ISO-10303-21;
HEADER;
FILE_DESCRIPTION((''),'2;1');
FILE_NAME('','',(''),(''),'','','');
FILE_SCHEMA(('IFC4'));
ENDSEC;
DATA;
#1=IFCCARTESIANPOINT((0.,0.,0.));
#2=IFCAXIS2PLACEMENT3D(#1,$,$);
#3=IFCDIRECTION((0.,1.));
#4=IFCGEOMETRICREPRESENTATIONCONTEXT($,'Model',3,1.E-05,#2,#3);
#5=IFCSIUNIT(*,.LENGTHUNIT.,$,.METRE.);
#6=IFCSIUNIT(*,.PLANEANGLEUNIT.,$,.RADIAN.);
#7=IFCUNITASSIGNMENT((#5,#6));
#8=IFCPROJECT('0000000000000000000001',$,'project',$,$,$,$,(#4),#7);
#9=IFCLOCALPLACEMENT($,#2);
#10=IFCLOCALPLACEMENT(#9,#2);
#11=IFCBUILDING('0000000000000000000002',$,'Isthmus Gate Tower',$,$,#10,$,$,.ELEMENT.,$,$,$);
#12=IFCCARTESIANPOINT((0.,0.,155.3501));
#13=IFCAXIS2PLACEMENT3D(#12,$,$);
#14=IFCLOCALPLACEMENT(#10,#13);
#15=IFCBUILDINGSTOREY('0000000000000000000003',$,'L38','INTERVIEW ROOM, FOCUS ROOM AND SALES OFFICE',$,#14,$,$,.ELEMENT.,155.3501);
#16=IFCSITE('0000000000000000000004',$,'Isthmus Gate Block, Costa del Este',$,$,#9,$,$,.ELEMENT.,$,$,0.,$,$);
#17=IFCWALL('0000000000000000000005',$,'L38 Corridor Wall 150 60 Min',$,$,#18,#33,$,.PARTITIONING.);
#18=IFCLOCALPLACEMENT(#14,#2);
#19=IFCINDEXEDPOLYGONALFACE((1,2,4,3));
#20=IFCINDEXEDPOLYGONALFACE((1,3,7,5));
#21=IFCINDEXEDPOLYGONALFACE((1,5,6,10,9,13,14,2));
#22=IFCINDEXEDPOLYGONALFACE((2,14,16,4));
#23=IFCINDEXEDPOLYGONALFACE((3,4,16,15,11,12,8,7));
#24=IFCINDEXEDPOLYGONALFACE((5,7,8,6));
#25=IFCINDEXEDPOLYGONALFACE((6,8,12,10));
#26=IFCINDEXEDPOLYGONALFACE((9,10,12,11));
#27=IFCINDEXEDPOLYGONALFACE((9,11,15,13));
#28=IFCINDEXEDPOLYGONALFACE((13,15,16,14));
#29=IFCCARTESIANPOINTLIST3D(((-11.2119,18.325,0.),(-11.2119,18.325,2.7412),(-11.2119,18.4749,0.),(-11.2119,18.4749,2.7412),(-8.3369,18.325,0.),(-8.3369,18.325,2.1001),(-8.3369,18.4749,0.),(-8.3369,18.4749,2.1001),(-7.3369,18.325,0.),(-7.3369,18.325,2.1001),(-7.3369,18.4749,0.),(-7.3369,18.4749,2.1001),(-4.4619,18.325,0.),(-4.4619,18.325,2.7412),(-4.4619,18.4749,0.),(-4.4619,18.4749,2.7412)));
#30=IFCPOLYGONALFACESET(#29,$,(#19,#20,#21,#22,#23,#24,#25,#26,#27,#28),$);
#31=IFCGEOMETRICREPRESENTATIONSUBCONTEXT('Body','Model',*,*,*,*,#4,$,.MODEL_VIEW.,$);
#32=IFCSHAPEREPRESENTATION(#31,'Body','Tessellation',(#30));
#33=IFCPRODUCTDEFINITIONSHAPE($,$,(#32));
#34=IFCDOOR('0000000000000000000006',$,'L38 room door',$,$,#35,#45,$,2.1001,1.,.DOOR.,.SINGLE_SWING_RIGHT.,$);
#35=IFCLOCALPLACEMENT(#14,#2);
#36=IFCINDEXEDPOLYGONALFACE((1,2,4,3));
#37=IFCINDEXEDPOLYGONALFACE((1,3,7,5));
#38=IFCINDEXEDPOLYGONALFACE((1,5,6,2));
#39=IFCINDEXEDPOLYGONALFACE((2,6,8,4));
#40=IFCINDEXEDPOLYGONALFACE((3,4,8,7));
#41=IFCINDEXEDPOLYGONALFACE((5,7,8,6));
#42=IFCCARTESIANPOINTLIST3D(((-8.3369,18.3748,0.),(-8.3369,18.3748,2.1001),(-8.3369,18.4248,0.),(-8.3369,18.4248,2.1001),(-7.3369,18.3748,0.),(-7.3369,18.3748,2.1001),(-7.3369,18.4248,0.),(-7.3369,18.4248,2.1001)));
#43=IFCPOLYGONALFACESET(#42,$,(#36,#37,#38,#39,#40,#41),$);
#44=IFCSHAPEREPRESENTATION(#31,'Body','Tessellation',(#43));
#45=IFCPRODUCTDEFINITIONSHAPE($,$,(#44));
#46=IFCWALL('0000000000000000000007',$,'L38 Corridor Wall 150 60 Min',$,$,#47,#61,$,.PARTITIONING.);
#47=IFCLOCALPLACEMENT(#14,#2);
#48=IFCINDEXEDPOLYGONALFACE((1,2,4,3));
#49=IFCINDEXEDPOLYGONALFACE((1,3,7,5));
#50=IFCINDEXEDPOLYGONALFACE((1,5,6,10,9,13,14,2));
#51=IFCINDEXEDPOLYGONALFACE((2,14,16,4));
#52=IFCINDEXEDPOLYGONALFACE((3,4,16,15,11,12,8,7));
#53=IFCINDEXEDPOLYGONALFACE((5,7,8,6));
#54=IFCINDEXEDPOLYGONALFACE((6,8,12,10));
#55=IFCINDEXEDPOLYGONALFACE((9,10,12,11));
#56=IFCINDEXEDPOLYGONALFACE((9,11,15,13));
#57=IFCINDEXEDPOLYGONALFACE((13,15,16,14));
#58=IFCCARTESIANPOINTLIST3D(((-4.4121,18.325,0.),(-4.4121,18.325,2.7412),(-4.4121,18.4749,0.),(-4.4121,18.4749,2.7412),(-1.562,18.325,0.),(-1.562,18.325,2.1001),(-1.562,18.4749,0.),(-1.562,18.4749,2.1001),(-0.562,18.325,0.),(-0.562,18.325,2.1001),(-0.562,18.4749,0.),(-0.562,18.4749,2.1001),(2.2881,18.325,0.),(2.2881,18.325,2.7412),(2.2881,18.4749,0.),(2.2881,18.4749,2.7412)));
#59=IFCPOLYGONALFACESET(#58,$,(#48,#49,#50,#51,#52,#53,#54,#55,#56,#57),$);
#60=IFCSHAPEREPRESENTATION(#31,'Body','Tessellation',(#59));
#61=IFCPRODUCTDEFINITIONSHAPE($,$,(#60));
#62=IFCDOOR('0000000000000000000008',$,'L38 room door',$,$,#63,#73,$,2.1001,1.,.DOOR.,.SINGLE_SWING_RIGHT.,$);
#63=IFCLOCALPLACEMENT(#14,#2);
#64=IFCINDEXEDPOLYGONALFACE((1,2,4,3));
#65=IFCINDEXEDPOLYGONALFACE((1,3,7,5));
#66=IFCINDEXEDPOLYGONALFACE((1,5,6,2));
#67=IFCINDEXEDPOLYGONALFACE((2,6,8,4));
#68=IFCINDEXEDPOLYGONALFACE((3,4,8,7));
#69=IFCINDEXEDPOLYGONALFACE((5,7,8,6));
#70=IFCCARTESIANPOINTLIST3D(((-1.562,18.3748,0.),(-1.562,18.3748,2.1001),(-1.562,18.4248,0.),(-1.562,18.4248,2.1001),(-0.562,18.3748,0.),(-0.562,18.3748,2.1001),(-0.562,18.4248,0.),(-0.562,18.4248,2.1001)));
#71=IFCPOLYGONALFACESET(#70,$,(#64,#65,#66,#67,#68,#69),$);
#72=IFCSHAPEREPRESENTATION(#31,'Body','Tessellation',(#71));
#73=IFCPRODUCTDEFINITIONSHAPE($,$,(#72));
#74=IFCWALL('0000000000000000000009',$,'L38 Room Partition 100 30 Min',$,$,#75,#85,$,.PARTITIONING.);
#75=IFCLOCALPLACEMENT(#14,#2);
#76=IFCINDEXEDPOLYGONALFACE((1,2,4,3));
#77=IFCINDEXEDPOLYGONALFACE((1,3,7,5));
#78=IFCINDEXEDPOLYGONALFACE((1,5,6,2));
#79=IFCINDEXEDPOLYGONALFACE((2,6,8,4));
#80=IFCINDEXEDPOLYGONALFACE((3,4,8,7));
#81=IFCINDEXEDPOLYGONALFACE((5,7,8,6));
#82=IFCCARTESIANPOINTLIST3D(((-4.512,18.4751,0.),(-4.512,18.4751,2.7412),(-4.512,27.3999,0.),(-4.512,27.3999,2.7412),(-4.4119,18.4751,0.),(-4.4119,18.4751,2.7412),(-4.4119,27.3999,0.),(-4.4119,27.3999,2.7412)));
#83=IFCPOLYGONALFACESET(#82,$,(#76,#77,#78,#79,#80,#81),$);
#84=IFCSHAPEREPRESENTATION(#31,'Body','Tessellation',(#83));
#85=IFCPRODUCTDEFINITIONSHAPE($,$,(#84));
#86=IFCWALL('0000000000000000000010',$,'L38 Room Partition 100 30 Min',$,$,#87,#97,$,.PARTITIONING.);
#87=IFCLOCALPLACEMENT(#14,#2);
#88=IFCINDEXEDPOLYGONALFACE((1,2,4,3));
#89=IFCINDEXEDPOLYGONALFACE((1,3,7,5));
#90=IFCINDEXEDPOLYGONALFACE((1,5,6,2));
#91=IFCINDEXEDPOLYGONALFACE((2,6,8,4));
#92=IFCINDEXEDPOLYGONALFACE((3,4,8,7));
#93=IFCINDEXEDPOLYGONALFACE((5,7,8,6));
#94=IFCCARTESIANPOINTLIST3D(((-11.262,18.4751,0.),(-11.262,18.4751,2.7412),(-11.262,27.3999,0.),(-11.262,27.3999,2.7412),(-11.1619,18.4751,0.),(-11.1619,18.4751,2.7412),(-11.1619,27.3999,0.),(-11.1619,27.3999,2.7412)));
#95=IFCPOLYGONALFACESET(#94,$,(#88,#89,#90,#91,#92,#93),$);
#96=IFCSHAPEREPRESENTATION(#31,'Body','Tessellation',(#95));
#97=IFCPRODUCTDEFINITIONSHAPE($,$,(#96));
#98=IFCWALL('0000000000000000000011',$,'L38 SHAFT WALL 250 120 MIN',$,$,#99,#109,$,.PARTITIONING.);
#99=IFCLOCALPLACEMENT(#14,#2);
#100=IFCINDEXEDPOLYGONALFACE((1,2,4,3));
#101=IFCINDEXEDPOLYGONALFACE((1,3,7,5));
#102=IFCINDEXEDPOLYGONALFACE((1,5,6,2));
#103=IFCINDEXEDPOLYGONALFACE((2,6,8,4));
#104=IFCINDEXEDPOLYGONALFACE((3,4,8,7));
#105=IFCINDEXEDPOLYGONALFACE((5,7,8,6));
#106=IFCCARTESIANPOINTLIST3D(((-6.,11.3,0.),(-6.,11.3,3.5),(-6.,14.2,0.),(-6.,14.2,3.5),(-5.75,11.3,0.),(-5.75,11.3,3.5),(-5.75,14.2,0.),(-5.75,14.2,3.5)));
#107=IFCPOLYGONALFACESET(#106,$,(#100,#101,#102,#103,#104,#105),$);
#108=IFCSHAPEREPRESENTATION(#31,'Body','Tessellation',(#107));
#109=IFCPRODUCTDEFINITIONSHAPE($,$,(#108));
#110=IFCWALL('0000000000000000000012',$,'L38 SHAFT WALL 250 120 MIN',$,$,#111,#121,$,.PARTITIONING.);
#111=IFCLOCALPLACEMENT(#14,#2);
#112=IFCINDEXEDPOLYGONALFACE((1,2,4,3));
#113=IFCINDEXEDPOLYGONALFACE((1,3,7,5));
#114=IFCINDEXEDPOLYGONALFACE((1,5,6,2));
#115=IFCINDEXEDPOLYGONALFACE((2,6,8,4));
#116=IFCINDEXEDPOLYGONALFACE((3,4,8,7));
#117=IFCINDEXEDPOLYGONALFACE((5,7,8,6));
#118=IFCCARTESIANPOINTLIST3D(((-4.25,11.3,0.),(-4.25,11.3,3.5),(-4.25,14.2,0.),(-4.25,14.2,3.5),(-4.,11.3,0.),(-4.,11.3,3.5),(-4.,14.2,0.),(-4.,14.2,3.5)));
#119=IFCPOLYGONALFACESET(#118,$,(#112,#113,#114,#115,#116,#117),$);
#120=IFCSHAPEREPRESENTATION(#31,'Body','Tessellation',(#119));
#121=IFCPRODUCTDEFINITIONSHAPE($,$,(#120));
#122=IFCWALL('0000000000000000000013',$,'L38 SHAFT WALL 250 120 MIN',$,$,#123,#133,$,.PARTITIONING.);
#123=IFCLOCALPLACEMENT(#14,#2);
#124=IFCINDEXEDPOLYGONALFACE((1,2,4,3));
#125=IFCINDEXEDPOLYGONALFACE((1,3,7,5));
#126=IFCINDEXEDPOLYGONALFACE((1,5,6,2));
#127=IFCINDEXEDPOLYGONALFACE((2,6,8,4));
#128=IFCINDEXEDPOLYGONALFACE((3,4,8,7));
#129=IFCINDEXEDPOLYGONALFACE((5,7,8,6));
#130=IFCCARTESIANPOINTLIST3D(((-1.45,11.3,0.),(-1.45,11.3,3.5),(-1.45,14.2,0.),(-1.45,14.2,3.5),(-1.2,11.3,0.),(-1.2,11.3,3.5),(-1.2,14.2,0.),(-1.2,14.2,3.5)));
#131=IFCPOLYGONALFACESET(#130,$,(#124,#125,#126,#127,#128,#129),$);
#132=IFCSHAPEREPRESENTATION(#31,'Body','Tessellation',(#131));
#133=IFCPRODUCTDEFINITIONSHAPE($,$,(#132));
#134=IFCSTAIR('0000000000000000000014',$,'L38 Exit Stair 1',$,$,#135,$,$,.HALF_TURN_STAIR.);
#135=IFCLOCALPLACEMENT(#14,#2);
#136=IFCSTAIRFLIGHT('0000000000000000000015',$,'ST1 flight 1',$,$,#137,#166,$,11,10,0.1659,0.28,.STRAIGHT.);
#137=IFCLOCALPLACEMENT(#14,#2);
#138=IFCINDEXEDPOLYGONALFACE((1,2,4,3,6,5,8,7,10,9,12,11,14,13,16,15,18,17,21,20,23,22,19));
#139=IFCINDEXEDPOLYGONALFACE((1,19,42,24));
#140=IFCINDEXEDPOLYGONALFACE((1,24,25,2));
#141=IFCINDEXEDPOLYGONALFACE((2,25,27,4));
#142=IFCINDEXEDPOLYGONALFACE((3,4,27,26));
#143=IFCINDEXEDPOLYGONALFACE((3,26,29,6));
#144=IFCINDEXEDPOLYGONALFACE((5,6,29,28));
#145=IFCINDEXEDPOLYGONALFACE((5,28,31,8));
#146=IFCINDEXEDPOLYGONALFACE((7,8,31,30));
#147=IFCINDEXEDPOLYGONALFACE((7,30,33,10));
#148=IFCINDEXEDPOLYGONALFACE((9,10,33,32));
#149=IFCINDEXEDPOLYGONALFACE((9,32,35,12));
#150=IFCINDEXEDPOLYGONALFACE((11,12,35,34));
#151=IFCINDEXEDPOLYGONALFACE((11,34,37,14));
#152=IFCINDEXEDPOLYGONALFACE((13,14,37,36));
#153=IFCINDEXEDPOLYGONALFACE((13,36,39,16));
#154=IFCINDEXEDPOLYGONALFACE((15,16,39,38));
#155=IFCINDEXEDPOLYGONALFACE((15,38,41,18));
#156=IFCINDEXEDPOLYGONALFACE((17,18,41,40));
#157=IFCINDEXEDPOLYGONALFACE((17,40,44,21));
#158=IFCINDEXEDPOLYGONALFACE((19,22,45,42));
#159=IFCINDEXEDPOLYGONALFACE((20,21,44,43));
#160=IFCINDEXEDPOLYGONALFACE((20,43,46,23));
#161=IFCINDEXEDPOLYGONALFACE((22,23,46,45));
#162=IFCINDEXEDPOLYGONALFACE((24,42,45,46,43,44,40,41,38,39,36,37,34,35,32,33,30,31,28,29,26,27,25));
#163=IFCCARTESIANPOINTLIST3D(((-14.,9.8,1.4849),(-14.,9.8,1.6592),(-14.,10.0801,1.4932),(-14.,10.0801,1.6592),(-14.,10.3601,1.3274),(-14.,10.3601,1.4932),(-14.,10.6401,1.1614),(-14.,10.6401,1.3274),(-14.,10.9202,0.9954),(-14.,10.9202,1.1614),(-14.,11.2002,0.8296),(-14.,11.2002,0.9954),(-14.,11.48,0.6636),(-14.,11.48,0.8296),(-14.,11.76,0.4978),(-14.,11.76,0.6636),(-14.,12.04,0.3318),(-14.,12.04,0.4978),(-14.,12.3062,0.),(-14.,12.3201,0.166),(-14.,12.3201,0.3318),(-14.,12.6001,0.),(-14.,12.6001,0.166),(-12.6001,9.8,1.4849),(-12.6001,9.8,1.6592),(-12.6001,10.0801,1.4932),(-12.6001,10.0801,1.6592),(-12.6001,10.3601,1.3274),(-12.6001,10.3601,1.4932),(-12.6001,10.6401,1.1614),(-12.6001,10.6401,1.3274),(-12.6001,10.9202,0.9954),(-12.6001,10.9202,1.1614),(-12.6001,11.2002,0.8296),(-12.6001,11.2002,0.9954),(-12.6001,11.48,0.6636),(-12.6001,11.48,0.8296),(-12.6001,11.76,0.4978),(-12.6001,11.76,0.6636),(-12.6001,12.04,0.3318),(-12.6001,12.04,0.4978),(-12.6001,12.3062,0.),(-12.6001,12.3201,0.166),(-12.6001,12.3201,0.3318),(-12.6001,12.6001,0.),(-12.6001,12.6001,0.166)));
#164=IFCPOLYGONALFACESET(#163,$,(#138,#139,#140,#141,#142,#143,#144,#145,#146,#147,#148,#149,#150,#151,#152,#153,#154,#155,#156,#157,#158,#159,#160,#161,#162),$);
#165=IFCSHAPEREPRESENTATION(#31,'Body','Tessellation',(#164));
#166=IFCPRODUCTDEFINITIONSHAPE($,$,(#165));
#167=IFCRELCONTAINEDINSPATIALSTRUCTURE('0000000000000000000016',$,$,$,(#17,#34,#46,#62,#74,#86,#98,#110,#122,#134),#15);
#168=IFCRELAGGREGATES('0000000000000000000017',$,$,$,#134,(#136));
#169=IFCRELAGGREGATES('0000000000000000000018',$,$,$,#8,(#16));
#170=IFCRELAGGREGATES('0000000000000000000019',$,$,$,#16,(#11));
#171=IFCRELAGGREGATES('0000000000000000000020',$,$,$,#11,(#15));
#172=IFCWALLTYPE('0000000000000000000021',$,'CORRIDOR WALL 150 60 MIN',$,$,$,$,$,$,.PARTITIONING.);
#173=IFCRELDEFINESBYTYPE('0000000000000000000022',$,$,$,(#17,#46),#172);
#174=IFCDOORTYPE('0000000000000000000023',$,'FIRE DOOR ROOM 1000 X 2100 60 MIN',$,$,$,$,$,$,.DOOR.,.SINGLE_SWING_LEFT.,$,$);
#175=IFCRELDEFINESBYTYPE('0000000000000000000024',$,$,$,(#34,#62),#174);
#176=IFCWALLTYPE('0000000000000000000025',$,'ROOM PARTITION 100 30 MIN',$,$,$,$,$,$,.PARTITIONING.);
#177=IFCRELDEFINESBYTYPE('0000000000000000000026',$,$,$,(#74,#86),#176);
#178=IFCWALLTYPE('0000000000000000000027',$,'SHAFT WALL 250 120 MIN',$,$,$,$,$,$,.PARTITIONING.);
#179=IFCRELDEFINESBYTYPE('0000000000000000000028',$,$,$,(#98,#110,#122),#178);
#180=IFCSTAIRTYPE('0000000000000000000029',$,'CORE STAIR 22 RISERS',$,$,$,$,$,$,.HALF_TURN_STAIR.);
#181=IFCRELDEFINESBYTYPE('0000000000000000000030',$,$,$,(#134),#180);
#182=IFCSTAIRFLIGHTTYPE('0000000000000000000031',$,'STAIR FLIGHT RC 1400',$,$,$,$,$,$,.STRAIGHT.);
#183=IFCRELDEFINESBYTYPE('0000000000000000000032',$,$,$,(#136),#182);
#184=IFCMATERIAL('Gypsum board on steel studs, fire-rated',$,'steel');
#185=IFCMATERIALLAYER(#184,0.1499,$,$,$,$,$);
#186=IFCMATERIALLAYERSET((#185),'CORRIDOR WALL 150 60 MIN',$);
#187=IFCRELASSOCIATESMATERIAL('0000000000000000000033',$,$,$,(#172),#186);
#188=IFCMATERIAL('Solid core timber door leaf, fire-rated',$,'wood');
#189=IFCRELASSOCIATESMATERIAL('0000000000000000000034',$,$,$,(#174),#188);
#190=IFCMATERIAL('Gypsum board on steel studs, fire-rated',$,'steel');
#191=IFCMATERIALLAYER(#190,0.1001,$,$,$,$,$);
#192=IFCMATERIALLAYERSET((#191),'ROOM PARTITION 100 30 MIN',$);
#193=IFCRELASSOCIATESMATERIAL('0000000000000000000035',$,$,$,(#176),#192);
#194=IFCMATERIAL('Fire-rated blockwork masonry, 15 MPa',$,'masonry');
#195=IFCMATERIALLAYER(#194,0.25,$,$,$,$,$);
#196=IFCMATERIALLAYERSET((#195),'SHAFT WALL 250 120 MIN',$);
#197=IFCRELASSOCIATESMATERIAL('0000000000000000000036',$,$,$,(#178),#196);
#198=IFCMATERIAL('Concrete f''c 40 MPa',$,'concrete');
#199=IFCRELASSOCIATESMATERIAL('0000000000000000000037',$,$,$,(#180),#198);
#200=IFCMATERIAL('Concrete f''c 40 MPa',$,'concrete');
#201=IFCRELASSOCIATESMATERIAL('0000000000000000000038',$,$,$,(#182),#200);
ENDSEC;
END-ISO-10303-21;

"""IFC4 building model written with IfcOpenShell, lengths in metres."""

from ifc_helpers import new_model, si_unit, direction, frame, frame_2d, origin, place, context, subcontext, project, spatial, polyline, rectangle, outline, extrude, material, layer, layer_set, type_object, element, fill, aggregate, save


model = new_model("IFC4")

# Units and contexts
model_context = context("Model", 3, precision=1e-05, world=origin(), true_north=direction((0.0, 1.0)))
body_context = subcontext(model_context, "Body", "Model", "MODEL_VIEW")
ifc_project = project(units=[si_unit("LENGTHUNIT", "METRE"), si_unit("PLANEANGLEUNIT", "RADIAN")], contexts=[model_context])

# Site, building, storey
site_placement = place(None, origin())
site = spatial("IfcSite", under=ifc_project, at=site_placement, Name="Isthmus Gate Block, Costa del Este", CompositionType="ELEMENT", RefElevation=0.0)
building_placement = place(site_placement, origin())
building = spatial("IfcBuilding", under=site, at=building_placement, Name="Isthmus Gate Tower", CompositionType="ELEMENT")
storey_placement = place(building_placement, frame((0.0, 0.0, 155.3501)))
storey = spatial("IfcBuildingStorey", under=building, at=storey_placement, Name="L38", Description="INTERVIEW ROOM, FOCUS ROOM AND SALES OFFICE", CompositionType="ELEMENT", Elevation=155.3501)

# Walls, openings, doors
ifc_material_1 = material(Name="Gypsum board on steel studs, fire-rated", Category="steel")
ifc_layer_1 = layer(ifc_material_1, 0.1499)
ifc_layer_set_1 = layer_set([ifc_layer_1], Name="CORRIDOR WALL 150 60 MIN")
wall_type_1 = type_object("IfcWallType", Name="CORRIDOR WALL 150 60 MIN", PredefinedType="PARTITIONING", material=ifc_layer_set_1)
wall_1_placement = place(storey_placement, frame((-11.2119, 18.3999, 0.0), z_axis=(0.0, 0.0, 1.0), x_axis=(1.0, 0.0, 0.0)))
wall_1 = element("IfcWall", 1, at=wall_1_placement, inside=storey, type_object=wall_type_1, Name="L38 Corridor Wall 150 60 Min", PredefinedType="PARTITIONING", context=body_context, shape_type="SweptSolid", body=[
    extrude(rectangle(XDim=6.75, YDim=0.1499, at=frame_2d((3.375, 0.0))), origin(), (0.0, 0.0, 1.0), 2.7412),
])
opening_1_placement = place(wall_1_placement, frame((2.875, 0.0, 0.0)))
opening_1 = element("IfcOpeningElement", 2, at=opening_1_placement, cuts=wall_1, PredefinedType="OPENING", context=body_context, shape_type="SweptSolid", body=[
    extrude(rectangle(XDim=1.0, YDim=2.1001, at=frame_2d((0.5, 1.05))), frame((0.0, 0.085, 0.0), z_axis=(0.0, -1.0, 0.0), x_axis=(1.0, 0.0, 0.0)), (0.0, 0.0, 1.0), 0.1699),
])
ifc_material_2 = material(Name="Solid core timber door leaf, fire-rated", Category="wood")
door_type = type_object("IfcDoorType", Name="FIRE DOOR ROOM 1000 X 2100 60 MIN", OperationType="SINGLE_SWING_LEFT", PredefinedType="DOOR", material=ifc_material_2)
door_1_placement = place(opening_1_placement, origin())
door_1 = element("IfcDoor", 3, at=door_1_placement, inside=storey, type_object=door_type, Name="L38 room door", OperationType="SINGLE_SWING_RIGHT", OverallHeight=2.1001, OverallWidth=1.0, PredefinedType="DOOR", context=body_context, shape_type="SweptSolid", body=[
    extrude(rectangle(XDim=1.0, YDim=2.1001, at=frame_2d((0.5, 1.05))), frame((0.0, 0.0249, 0.0), z_axis=(0.0, -1.0, 0.0), x_axis=(1.0, 0.0, 0.0)), (0.0, 0.0, 1.0), 0.05),
])
fill(opening_1, door_1)
wall_2_placement = place(storey_placement, frame((-4.4121, 18.3999, 0.0), z_axis=(0.0, 0.0, 1.0), x_axis=(1.0, 0.0, 0.0)))
wall_2 = element("IfcWall", 4, at=wall_2_placement, inside=storey, type_object=wall_type_1, Name="L38 Corridor Wall 150 60 Min", PredefinedType="PARTITIONING", context=body_context, shape_type="SweptSolid", body=[
    extrude(rectangle(XDim=6.7002, YDim=0.1499, at=frame_2d((3.3501, 0.0))), origin(), (0.0, 0.0, 1.0), 2.7412),
])
opening_2_placement = place(wall_2_placement, frame((2.8501, 0.0, 0.0)))
opening_2 = element("IfcOpeningElement", 5, at=opening_2_placement, cuts=wall_2, PredefinedType="OPENING", context=body_context, shape_type="SweptSolid", body=[
    extrude(rectangle(XDim=1.0, YDim=2.1001, at=frame_2d((0.5, 1.05))), frame((0.0, 0.085, 0.0), z_axis=(0.0, -1.0, 0.0), x_axis=(1.0, 0.0, 0.0)), (0.0, 0.0, 1.0), 0.1699),
])
door_2_placement = place(opening_2_placement, origin())
door_2 = element("IfcDoor", 6, at=door_2_placement, inside=storey, type_object=door_type, Name="L38 room door", OperationType="SINGLE_SWING_RIGHT", OverallHeight=2.1001, OverallWidth=1.0, PredefinedType="DOOR", context=body_context, shape_type="SweptSolid", body=[
    extrude(rectangle(XDim=1.0, YDim=2.1001, at=frame_2d((0.5, 1.05))), frame((0.0, 0.0249, 0.0), z_axis=(0.0, -1.0, 0.0), x_axis=(1.0, 0.0, 0.0)), (0.0, 0.0, 1.0), 0.05),
])
fill(opening_2, door_2)

# Walls
ifc_material_3 = material(Name="Gypsum board on steel studs, fire-rated", Category="steel")
ifc_layer_2 = layer(ifc_material_3, 0.1001)
ifc_layer_set_2 = layer_set([ifc_layer_2], Name="ROOM PARTITION 100 30 MIN")
wall_type_2 = type_object("IfcWallType", Name="ROOM PARTITION 100 30 MIN", PredefinedType="PARTITIONING", material=ifc_layer_set_2)
for number, where, z_axis, x_axis, name in (
    (7, (-4.4619, 18.4751, 0.0), (0.0, 0.0, 1.0), (0.0, 1.0, 0.0), "L38 Room Partition 100 30 Min"),
    (8, (-11.2119, 18.4751, 0.0), (0.0, 0.0, 1.0), (0.0, 1.0, 0.0), "L38 Room Partition 100 30 Min"),
):
    element("IfcWall", number, at=place(storey_placement, frame(where, z_axis=z_axis, x_axis=x_axis)), inside=storey, type_object=wall_type_2, Name=name, PredefinedType="PARTITIONING", context=body_context, shape_type="SweptSolid", body=[
        extrude(rectangle(XDim=8.9248, YDim=0.1001, at=frame_2d((4.4624, 0.0))), origin(), (0.0, 0.0, 1.0), 2.7412),
    ])
ifc_material_4 = material(Name="Fire-rated blockwork masonry, 15 MPa", Category="masonry")
ifc_layer_3 = layer(ifc_material_4, 0.25)
ifc_layer_set_3 = layer_set([ifc_layer_3], Name="SHAFT WALL 250 120 MIN")
wall_type_3 = type_object("IfcWallType", Name="SHAFT WALL 250 120 MIN", PredefinedType="PARTITIONING", material=ifc_layer_set_3)
for number, where, z_axis, x_axis, name in (
    (9, (-5.875, 11.3, 0.0), (0.0, 0.0, 1.0), (0.0, 1.0, 0.0), "L38 SHAFT WALL 250 120 MIN"),
    (10, (-4.125, 11.3, 0.0), (0.0, 0.0, 1.0), (0.0, 1.0, 0.0), "L38 SHAFT WALL 250 120 MIN"),
    (11, (-1.325, 11.3, 0.0), (0.0, 0.0, 1.0), (0.0, 1.0, 0.0), "L38 SHAFT WALL 250 120 MIN"),
):
    element("IfcWall", number, at=place(storey_placement, frame(where, z_axis=z_axis, x_axis=x_axis)), inside=storey, type_object=wall_type_3, Name=name, PredefinedType="PARTITIONING", context=body_context, shape_type="SweptSolid", body=[
        extrude(rectangle(XDim=2.8999, YDim=0.25, at=frame_2d((1.45, 0.0))), origin(), (0.0, 0.0, 1.0), 3.5),
    ])

# Stair, stair flight
ifc_material_5 = material(Name="Concrete f'c 40 MPa", Category="concrete")
stair_type = type_object("IfcStairType", Name="CORE STAIR 22 RISERS", PredefinedType="HALF_TURN_STAIR", material=ifc_material_5)
stair_placement = place(storey_placement, origin())
stair = element("IfcStair", 12, at=stair_placement, inside=storey, type_object=stair_type, Name="L38 Exit Stair 1", PredefinedType="HALF_TURN_STAIR")
ifc_material_6 = material(Name="Concrete f'c 40 MPa", Category="concrete")
stair_flight_type = type_object("IfcStairFlightType", Name="STAIR FLIGHT RC 1400", PredefinedType="STRAIGHT", material=ifc_material_6)
stair_flight_placement = place(storey_placement, frame((-13.3, 12.6001, 0.0), z_axis=(0.0, 0.0, 1.0), x_axis=(0.0, -1.0, 0.0)))
stair_flight = element("IfcStairFlight", 13, at=stair_flight_placement, type_object=stair_flight_type, Name="ST1 flight 1", NumberOfRisers=11, NumberOfTreads=10, PredefinedType="STRAIGHT", RiserHeight=0.1659, TreadLength=0.28, context=body_context, shape_type="SweptSolid", body=[
    extrude(outline(polyline([(0.0, 0.0), (0.0, 0.166), (0.28, 0.166), (0.28, 0.3318), (0.5601, 0.3318), (0.5601, 0.4978), (0.8401, 0.4978), (0.8401, 0.6636), (1.1201, 0.6636), (1.1201, 0.8296), (1.3999, 0.8296), (1.3999, 0.9954), (1.6799, 0.9954), (1.6799, 1.1614), (1.96, 1.1614), (1.96, 1.3274), (2.24, 1.3274), (2.24, 1.4932), (2.52, 1.4932), (2.52, 1.6592), (2.8, 1.6592), (2.8, 1.825), (2.8, 1.4849), (0.2939, 0.0), (0.0, 0.0)])), frame((0.0, 0.7, 0.0), z_axis=(0.0, -1.0, 0.0), x_axis=(1.0, 0.0, 0.0)), (0.0, 0.0, 1.0), 1.3999),
])
aggregate(stair, [stair_flight])

save(model, "model.ifc")
